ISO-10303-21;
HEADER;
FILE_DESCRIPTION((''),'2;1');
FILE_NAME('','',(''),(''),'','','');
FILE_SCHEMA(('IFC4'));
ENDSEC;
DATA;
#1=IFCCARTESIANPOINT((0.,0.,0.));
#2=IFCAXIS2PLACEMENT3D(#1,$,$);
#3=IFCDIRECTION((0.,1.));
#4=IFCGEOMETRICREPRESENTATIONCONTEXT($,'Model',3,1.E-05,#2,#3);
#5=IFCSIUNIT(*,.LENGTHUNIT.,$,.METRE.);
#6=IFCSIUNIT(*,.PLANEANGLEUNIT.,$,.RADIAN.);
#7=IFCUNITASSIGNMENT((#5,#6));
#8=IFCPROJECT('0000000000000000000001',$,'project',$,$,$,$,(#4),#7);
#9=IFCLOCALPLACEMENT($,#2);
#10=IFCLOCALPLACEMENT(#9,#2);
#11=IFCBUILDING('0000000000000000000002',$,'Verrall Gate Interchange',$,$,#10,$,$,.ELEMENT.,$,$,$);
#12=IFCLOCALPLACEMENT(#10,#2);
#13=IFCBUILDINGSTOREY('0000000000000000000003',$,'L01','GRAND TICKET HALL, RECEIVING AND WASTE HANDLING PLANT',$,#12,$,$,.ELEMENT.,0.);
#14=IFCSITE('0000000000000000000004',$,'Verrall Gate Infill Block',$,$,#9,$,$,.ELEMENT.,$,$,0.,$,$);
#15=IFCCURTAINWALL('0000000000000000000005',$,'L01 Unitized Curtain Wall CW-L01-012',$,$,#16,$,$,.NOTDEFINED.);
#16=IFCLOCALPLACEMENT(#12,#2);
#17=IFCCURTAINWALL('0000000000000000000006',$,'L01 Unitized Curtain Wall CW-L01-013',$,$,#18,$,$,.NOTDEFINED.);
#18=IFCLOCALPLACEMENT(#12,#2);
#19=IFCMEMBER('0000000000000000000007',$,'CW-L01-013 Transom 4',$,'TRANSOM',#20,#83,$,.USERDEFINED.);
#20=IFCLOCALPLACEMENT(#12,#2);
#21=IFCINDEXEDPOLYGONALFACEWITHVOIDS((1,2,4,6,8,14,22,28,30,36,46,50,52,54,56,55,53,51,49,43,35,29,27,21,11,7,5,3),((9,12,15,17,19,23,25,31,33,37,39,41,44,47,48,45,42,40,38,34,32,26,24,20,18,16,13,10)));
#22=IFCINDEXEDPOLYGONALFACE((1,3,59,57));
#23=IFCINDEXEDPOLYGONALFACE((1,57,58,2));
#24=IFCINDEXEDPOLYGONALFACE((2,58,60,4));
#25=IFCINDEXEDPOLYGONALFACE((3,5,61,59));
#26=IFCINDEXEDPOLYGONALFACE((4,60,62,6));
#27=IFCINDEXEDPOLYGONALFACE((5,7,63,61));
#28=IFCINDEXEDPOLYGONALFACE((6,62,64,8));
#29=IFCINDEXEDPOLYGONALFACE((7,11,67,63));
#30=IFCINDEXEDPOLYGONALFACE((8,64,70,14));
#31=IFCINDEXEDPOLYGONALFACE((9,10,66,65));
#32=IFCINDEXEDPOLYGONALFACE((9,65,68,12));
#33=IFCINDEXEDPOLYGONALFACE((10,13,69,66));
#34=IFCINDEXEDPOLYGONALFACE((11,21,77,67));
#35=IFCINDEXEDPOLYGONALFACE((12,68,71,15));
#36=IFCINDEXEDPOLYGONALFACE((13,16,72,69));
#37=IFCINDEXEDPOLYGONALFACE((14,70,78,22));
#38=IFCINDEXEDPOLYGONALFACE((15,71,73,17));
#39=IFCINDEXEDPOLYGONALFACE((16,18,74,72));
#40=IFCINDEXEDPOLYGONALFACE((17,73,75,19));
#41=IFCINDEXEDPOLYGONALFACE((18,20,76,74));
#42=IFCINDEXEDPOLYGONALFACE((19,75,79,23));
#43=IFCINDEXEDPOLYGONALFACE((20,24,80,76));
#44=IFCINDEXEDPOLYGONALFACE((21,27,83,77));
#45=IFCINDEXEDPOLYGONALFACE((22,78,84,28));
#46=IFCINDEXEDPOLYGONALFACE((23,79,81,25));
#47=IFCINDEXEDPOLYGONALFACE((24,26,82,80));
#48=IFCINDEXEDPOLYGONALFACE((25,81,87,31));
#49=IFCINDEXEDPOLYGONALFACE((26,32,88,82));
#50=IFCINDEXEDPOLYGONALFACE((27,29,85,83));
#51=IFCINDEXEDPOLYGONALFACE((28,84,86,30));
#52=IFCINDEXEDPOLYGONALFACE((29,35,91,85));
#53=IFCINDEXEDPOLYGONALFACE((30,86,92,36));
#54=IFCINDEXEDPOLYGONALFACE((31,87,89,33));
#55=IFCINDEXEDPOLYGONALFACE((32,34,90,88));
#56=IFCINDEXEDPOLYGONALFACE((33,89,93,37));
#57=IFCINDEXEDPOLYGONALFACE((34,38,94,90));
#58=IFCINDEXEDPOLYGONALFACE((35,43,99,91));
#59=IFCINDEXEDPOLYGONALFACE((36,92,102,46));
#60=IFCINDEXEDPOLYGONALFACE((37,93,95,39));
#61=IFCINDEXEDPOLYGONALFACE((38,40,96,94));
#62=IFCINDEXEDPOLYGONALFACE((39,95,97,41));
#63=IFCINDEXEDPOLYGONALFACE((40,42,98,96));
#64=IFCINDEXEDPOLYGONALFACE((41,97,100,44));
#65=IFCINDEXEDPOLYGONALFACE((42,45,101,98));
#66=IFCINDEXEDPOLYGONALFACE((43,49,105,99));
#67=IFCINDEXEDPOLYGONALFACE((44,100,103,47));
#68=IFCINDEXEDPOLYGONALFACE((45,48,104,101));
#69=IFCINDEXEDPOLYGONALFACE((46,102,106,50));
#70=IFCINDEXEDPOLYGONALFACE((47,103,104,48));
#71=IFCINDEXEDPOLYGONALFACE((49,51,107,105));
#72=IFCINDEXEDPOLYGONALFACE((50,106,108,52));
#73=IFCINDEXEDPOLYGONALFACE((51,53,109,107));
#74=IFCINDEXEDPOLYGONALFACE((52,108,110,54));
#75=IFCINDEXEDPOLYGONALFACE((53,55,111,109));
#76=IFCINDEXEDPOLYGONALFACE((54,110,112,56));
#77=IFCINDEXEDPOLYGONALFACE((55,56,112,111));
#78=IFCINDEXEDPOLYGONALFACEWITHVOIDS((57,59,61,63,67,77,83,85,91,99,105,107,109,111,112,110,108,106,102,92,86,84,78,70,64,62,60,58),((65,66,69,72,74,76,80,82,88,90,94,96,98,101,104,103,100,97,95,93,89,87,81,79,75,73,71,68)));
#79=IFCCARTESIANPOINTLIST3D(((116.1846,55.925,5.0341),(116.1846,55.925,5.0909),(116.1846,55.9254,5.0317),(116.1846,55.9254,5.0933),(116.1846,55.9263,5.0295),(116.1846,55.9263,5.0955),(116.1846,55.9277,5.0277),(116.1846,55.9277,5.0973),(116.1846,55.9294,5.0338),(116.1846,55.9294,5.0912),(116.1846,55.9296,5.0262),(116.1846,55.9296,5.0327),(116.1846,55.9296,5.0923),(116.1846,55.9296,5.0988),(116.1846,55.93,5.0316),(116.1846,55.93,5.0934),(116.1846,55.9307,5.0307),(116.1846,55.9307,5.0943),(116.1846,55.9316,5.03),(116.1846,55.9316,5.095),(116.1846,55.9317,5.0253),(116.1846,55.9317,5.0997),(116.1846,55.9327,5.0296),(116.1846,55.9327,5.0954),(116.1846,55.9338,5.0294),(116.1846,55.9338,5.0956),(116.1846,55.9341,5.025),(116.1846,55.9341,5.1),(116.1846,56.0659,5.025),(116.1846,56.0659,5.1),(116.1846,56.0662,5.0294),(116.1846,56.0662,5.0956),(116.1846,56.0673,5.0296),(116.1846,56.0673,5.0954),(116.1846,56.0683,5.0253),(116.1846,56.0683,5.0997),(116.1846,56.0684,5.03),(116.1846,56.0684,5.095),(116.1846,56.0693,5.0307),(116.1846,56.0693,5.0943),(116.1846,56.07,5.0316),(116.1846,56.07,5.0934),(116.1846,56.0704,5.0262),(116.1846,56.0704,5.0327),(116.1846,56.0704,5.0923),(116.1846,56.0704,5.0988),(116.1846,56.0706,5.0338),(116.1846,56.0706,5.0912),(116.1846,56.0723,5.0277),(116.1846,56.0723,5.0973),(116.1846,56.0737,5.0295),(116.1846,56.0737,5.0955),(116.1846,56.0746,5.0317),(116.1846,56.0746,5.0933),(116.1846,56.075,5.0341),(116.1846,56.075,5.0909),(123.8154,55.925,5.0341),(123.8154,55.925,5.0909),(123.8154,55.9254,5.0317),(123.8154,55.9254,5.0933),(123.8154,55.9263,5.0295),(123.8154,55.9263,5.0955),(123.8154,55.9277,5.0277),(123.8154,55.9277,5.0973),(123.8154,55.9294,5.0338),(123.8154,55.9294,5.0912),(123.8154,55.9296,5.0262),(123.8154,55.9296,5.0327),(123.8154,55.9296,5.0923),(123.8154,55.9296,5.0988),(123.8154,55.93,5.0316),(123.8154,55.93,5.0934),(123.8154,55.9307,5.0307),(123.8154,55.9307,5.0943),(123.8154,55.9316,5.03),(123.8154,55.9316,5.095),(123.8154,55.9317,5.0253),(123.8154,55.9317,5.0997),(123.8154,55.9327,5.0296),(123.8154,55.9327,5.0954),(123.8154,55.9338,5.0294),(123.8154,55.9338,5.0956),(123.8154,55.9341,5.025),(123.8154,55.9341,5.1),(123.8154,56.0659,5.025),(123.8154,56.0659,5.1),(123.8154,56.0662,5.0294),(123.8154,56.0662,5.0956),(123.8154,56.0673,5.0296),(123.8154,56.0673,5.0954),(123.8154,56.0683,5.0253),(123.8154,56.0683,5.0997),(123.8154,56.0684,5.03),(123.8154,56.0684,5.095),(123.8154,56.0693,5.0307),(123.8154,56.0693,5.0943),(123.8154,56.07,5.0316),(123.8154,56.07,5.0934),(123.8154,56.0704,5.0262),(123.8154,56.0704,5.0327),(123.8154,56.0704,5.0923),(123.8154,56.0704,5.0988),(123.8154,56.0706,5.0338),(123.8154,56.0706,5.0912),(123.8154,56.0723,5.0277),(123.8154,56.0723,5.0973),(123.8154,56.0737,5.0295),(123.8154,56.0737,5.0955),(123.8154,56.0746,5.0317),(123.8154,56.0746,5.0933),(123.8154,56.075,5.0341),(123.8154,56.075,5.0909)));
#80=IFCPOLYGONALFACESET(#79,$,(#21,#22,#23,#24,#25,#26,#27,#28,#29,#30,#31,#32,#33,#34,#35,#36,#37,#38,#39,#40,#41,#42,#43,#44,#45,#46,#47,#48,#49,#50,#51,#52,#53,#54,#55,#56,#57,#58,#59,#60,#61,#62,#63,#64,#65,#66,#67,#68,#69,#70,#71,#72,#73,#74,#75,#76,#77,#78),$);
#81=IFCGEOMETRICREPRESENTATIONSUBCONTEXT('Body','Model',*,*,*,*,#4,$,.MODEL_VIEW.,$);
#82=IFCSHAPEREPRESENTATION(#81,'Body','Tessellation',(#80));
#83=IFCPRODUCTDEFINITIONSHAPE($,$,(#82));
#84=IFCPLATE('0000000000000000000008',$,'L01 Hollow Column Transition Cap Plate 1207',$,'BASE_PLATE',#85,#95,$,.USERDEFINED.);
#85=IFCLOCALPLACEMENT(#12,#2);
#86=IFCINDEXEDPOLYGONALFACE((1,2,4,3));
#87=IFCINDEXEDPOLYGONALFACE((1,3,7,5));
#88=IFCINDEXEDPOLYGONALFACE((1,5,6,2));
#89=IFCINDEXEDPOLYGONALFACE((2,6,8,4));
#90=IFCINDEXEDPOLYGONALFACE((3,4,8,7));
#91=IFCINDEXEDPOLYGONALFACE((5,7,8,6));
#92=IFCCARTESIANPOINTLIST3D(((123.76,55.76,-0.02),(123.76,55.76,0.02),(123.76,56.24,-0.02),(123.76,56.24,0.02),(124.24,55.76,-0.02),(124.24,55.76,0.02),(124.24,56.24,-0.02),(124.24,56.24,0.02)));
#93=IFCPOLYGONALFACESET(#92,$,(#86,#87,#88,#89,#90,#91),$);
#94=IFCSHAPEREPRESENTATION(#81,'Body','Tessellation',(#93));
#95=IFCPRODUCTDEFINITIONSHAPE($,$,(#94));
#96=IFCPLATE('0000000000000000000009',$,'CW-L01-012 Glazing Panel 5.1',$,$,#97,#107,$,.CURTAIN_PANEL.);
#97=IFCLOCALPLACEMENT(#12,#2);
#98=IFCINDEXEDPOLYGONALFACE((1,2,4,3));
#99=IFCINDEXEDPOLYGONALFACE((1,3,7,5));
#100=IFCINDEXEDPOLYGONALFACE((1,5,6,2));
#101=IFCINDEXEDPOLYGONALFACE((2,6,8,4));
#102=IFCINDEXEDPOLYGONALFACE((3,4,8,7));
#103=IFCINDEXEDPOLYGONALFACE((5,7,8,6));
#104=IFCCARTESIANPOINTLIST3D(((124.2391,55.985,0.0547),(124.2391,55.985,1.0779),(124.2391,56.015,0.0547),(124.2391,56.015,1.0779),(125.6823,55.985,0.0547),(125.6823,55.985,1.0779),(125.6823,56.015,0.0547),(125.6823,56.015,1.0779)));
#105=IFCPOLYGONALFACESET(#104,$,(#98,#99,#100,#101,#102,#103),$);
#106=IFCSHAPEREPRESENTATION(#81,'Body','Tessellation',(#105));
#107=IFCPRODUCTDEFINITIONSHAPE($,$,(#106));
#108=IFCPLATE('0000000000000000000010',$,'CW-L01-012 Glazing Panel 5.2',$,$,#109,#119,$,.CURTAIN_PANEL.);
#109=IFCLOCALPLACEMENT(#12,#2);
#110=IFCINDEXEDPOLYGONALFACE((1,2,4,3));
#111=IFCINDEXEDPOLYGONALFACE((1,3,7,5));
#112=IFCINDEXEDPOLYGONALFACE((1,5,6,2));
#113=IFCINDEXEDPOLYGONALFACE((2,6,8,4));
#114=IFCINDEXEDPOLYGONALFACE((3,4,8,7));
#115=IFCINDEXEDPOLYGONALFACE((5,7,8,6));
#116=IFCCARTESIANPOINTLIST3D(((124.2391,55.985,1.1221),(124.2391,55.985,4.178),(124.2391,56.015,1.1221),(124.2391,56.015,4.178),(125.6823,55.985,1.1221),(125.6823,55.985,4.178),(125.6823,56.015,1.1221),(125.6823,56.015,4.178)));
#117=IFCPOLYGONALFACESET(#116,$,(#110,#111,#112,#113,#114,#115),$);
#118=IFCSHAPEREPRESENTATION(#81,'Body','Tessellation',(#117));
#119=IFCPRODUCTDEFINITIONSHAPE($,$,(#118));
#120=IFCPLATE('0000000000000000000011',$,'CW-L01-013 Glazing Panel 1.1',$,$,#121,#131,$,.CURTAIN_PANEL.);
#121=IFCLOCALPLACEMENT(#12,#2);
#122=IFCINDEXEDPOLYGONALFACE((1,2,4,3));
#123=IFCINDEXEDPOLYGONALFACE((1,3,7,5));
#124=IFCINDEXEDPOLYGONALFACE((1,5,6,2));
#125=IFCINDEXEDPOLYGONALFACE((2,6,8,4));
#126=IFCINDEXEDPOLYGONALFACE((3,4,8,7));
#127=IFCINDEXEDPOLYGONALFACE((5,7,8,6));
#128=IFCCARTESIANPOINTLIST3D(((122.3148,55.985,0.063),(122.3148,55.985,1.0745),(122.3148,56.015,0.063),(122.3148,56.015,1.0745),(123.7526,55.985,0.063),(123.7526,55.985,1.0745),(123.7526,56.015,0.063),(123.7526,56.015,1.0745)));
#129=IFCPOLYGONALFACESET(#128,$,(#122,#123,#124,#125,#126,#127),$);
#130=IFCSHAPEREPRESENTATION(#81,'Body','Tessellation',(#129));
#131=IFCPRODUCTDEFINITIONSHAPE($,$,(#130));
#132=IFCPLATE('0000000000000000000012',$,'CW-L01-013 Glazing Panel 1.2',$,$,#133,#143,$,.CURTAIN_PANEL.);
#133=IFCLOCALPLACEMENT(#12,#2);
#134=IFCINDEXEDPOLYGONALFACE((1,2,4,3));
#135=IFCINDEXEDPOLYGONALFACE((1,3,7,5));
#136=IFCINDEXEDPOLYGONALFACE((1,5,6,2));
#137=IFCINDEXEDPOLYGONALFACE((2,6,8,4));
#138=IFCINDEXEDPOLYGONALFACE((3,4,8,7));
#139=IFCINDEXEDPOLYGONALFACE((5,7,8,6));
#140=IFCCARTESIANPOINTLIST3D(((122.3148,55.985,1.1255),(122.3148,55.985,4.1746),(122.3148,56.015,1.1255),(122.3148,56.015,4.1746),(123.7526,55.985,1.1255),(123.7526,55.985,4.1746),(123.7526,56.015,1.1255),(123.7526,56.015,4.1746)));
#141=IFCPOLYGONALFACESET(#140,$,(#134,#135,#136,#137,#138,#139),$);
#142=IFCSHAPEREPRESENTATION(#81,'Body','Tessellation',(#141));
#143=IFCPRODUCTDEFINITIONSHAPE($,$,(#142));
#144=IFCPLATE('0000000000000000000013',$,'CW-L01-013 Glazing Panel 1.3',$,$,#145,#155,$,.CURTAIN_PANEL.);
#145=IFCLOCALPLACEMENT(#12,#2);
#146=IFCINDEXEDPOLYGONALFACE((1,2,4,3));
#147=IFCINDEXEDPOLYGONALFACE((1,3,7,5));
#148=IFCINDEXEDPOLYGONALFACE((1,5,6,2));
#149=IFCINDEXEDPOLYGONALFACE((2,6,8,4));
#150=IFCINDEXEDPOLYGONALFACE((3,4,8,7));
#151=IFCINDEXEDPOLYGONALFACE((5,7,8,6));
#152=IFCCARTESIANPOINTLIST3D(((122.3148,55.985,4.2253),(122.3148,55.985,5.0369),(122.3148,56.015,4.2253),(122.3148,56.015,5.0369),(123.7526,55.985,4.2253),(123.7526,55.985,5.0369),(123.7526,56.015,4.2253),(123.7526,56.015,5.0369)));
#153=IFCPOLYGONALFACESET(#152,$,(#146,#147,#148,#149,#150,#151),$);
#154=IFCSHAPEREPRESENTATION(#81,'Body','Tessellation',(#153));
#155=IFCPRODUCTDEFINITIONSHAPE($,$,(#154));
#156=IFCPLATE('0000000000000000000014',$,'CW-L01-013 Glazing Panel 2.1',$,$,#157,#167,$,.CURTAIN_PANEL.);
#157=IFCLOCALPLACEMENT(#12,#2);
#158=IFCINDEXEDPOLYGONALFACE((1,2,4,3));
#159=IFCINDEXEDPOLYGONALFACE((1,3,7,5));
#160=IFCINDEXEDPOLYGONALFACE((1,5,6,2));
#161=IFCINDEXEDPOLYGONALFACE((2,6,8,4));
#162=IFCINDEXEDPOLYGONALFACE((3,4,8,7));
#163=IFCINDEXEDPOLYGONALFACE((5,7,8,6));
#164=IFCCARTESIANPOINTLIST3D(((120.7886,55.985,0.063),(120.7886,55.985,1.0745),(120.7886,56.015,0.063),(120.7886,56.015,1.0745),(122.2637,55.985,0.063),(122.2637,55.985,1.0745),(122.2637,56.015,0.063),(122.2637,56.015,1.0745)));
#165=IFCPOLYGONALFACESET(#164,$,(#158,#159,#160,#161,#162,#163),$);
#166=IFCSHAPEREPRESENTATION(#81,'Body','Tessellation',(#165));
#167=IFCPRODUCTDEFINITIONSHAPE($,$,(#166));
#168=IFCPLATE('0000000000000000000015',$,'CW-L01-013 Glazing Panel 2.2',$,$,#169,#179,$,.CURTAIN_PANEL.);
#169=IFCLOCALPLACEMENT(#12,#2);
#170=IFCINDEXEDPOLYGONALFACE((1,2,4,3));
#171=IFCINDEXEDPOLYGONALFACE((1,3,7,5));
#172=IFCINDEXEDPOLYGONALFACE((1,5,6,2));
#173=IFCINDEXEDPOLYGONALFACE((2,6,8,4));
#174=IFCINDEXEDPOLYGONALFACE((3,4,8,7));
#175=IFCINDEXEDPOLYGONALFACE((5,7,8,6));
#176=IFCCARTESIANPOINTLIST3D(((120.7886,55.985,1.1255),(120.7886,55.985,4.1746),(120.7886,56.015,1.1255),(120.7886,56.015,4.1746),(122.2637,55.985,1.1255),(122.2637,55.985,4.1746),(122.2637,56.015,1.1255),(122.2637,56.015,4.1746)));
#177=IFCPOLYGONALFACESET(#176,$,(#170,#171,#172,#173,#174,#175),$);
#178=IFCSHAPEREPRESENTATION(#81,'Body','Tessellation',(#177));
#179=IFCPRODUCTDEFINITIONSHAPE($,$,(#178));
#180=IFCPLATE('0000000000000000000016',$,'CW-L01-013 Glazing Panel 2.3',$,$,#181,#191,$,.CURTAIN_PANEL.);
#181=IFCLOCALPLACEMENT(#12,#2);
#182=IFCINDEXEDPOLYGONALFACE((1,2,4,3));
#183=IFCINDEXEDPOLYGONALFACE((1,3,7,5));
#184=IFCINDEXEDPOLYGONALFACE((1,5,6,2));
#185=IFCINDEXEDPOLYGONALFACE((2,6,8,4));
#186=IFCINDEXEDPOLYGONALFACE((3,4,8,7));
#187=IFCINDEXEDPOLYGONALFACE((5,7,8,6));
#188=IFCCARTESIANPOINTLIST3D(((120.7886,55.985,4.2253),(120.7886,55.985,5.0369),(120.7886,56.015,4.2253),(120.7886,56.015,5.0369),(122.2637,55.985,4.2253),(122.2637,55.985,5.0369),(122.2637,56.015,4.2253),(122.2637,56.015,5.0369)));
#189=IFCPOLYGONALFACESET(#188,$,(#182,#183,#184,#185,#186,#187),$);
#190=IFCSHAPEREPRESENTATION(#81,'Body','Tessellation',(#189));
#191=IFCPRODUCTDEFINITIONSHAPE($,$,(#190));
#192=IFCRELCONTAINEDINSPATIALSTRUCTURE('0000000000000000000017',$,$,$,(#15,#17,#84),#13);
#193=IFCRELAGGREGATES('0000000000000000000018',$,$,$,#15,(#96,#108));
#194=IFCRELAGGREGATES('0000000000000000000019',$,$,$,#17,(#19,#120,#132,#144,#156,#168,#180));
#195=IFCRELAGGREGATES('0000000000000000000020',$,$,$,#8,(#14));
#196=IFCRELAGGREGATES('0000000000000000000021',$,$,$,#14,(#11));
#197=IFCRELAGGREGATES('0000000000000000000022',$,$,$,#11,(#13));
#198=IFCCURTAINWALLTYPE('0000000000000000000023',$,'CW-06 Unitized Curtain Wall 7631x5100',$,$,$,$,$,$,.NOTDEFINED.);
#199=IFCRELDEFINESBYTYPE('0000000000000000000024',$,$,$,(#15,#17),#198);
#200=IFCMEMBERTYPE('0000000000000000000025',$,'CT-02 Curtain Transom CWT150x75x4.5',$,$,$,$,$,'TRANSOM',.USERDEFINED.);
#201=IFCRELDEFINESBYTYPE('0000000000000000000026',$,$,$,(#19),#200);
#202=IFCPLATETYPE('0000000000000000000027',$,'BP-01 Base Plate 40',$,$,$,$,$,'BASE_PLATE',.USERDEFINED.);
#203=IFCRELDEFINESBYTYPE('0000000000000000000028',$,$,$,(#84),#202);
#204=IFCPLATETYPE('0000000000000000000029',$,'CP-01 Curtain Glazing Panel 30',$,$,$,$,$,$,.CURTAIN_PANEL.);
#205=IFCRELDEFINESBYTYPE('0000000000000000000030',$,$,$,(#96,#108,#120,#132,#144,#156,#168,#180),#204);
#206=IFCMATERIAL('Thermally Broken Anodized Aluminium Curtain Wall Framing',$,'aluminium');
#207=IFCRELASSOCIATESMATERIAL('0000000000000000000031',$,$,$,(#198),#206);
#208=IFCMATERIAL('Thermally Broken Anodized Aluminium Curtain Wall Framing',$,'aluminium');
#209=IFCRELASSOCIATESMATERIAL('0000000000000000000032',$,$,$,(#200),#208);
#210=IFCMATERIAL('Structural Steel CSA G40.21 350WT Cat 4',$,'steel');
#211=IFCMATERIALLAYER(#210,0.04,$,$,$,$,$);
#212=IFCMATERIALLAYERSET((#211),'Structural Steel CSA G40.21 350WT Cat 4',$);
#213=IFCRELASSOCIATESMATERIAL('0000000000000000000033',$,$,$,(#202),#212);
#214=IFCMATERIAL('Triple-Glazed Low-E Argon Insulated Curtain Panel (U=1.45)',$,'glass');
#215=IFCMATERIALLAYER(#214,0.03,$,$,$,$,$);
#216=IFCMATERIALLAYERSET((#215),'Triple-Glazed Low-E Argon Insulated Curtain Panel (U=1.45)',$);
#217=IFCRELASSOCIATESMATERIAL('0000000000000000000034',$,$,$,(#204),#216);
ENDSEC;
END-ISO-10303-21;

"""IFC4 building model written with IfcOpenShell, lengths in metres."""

from ifc_helpers import new_model, si_unit, direction, frame, origin, origin_2d, place, context, subcontext, project, spatial, rectangle, hollow_rectangle, extrude, material, layer, layer_set, material_profile, profile_set, type_object, element, aggregate, save


model = new_model("IFC4")

# Units and contexts
model_context = context("Model", 3, precision=1e-05, world=origin(), true_north=direction((0.0, 1.0)))
body_context = subcontext(model_context, "Body", "Model", "MODEL_VIEW")
ifc_project = project(units=[si_unit("LENGTHUNIT", "METRE"), si_unit("PLANEANGLEUNIT", "RADIAN")], contexts=[model_context])

# Site, building, storey
site_placement = place(None, origin())
site = spatial("IfcSite", under=ifc_project, at=site_placement, Name="Verrall Gate Infill Block", CompositionType="ELEMENT", RefElevation=0.0)
building_placement = place(site_placement, origin())
building = spatial("IfcBuilding", under=site, at=building_placement, Name="Verrall Gate Interchange", CompositionType="ELEMENT")
storey_placement = place(building_placement, origin())
storey = spatial("IfcBuildingStorey", under=building, at=storey_placement, Name="L01", Description="GRAND TICKET HALL, RECEIVING AND WASTE HANDLING PLANT", CompositionType="ELEMENT", Elevation=0.0)

# Curtain wall
ifc_material_1 = material(Name="Thermally Broken Anodized Aluminium Curtain Wall Framing", Category="aluminium")
curtain_wall_type = type_object("IfcCurtainWallType", Name="CW-06 Unitized Curtain Wall 7631x5100", PredefinedType="NOTDEFINED", material=ifc_material_1)
curtain_wall_1_placement = place(storey_placement, origin())
curtain_wall_1 = element("IfcCurtainWall", 1, at=curtain_wall_1_placement, inside=storey, type_object=curtain_wall_type, Name="L01 Unitized Curtain Wall CW-L01-012", PredefinedType="NOTDEFINED")

# Curtain wall, member
curtain_wall_2_placement = place(storey_placement, origin())
curtain_wall_2 = element("IfcCurtainWall", 2, at=curtain_wall_2_placement, inside=storey, type_object=curtain_wall_type, Name="L01 Unitized Curtain Wall CW-L01-013", PredefinedType="NOTDEFINED")
ifc_material_2 = material(Name="Thermally Broken Anodized Aluminium Curtain Wall Framing", Category="aluminium")
ifc_material_profile_1 = material_profile(ifc_material_2, hollow_rectangle(XDim=0.1499, YDim=0.075, WallThickness=0.0044, InnerFilletRadius=0.0044, OuterFilletRadius=0.009, at=origin_2d()), Name="CWT150x75x4.5")
ifc_profile_set_1 = profile_set([ifc_material_profile_1], Name="Thermally Broken Anodized Aluminium Curtain Wall Framing")
member_type_1 = type_object("IfcMemberType", Name="CT-02 Curtain Transom CWT150x75x4.5", ElementType="TRANSOM", PredefinedType="USERDEFINED", material=ifc_profile_set_1)
member_1_placement = place(storey_placement, frame((123.8154, 56.0, 5.0625), z_axis=(-1.0, 0.0, 0.0), x_axis=(0.0, -1.0, 0.0)))
member_1 = element("IfcMember", 3, at=member_1_placement, type_object=member_type_1, Name="CW-L01-013 Transom 4", ObjectType="TRANSOM", PredefinedType="USERDEFINED", context=body_context, shape_type="SweptSolid", body=[
    extrude(hollow_rectangle(XDim=0.1499, YDim=0.075, WallThickness=0.0044, InnerFilletRadius=0.0044, OuterFilletRadius=0.009, at=origin_2d()), origin(), (0.0, 0.0, 1.0), 7.6309),
])

# Plates
ifc_material_3 = material(Name="Structural Steel CSA G40.21 350WT Cat 4", Category="steel")
ifc_layer_1 = layer(ifc_material_3, 0.04)
ifc_layer_set_1 = layer_set([ifc_layer_1], Name="Structural Steel CSA G40.21 350WT Cat 4")
plate_type_1 = type_object("IfcPlateType", Name="BP-01 Base Plate 40", ElementType="BASE_PLATE", PredefinedType="USERDEFINED", material=ifc_layer_set_1)
plate_1_placement = place(storey_placement, frame((124.0, 56.0, -0.02), z_axis=(0.0, 0.0, 1.0), x_axis=(1.0, 0.0, 0.0)))
element("IfcPlate", 4, at=plate_1_placement, inside=storey, type_object=plate_type_1, Name="L01 Hollow Column Transition Cap Plate 1207", ObjectType="BASE_PLATE", PredefinedType="USERDEFINED", context=body_context, shape_type="SweptSolid", body=[
    extrude(rectangle(XDim=0.48, YDim=0.48, at=origin_2d()), origin(), (0.0, 0.0, 1.0), 0.04),
])
ifc_material_4 = material(Name="Triple-Glazed Low-E Argon Insulated Curtain Panel (U=1.45)", Category="glass")
ifc_layer_2 = layer(ifc_material_4, 0.03)
ifc_layer_set_2 = layer_set([ifc_layer_2], Name="Triple-Glazed Low-E Argon Insulated Curtain Panel (U=1.45)")
plate_type_2 = type_object("IfcPlateType", Name="CP-01 Curtain Glazing Panel 30", PredefinedType="CURTAIN_PANEL", material=ifc_layer_set_2)
plate_2_placement = place(storey_placement, frame((124.9607, 56.0, 0.0547), z_axis=(0.0, 0.0, 1.0), x_axis=(-1.0, 0.0, 0.0)))
plate_2 = element("IfcPlate", 5, at=plate_2_placement, type_object=plate_type_2, Name="CW-L01-012 Glazing Panel 5.1", PredefinedType="CURTAIN_PANEL", context=body_context, shape_type="SweptSolid", body=[
    extrude(rectangle(XDim=1.4431, YDim=0.03, at=origin_2d()), origin(), (0.0, 0.0, 1.0), 1.0232),
])
plate_3_placement = place(storey_placement, frame((124.9607, 56.0, 1.1221), z_axis=(0.0, 0.0, 1.0), x_axis=(-1.0, 0.0, 0.0)))
plate_3 = element("IfcPlate", 6, at=plate_3_placement, type_object=plate_type_2, Name="CW-L01-012 Glazing Panel 5.2", PredefinedType="CURTAIN_PANEL", context=body_context, shape_type="SweptSolid", body=[
    extrude(rectangle(XDim=1.4431, YDim=0.03, at=origin_2d()), origin(), (0.0, 0.0, 1.0), 3.0559),
])
aggregate(curtain_wall_1, [plate_2, plate_3])
plate_4_placement = place(storey_placement, frame((123.0337, 56.0, 0.063), z_axis=(0.0, 0.0, 1.0), x_axis=(-1.0, 0.0, 0.0)))
plate_4 = element("IfcPlate", 7, at=plate_4_placement, type_object=plate_type_2, Name="CW-L01-013 Glazing Panel 1.1", PredefinedType="CURTAIN_PANEL", context=body_context, shape_type="SweptSolid", body=[
    extrude(rectangle(XDim=1.4377, YDim=0.03, at=origin_2d()), origin(), (0.0, 0.0, 1.0), 1.0115),
])
plate_5_placement = place(storey_placement, frame((123.0337, 56.0, 1.1255), z_axis=(0.0, 0.0, 1.0), x_axis=(-1.0, 0.0, 0.0)))
plate_5 = element("IfcPlate", 8, at=plate_5_placement, type_object=plate_type_2, Name="CW-L01-013 Glazing Panel 1.2", PredefinedType="CURTAIN_PANEL", context=body_context, shape_type="SweptSolid", body=[
    extrude(rectangle(XDim=1.4377, YDim=0.03, at=origin_2d()), origin(), (0.0, 0.0, 1.0), 3.0491),
])
plate_6_placement = place(storey_placement, frame((123.0337, 56.0, 4.2253), z_axis=(0.0, 0.0, 1.0), x_axis=(-1.0, 0.0, 0.0)))
plate_6 = element("IfcPlate", 9, at=plate_6_placement, type_object=plate_type_2, Name="CW-L01-013 Glazing Panel 1.3", PredefinedType="CURTAIN_PANEL", context=body_context, shape_type="SweptSolid", body=[
    extrude(rectangle(XDim=1.4377, YDim=0.03, at=origin_2d()), origin(), (0.0, 0.0, 1.0), 0.8115),
])
plate_7_placement = place(storey_placement, frame((121.5261, 56.0, 0.063), z_axis=(0.0, 0.0, 1.0), x_axis=(-1.0, 0.0, 0.0)))
plate_7 = element("IfcPlate", 10, at=plate_7_placement, type_object=plate_type_2, Name="CW-L01-013 Glazing Panel 2.1", PredefinedType="CURTAIN_PANEL", context=body_context, shape_type="SweptSolid", body=[
    extrude(rectangle(XDim=1.4751, YDim=0.03, at=origin_2d()), origin(), (0.0, 0.0, 1.0), 1.0115),
])
plate_8_placement = place(storey_placement, frame((121.5261, 56.0, 1.1255), z_axis=(0.0, 0.0, 1.0), x_axis=(-1.0, 0.0, 0.0)))
plate_8 = element("IfcPlate", 11, at=plate_8_placement, type_object=plate_type_2, Name="CW-L01-013 Glazing Panel 2.2", PredefinedType="CURTAIN_PANEL", context=body_context, shape_type="SweptSolid", body=[
    extrude(rectangle(XDim=1.4751, YDim=0.03, at=origin_2d()), origin(), (0.0, 0.0, 1.0), 3.0491),
])
plate_9_placement = place(storey_placement, frame((121.5261, 56.0, 4.2253), z_axis=(0.0, 0.0, 1.0), x_axis=(-1.0, 0.0, 0.0)))
plate_9 = element("IfcPlate", 12, at=plate_9_placement, type_object=plate_type_2, Name="CW-L01-013 Glazing Panel 2.3", PredefinedType="CURTAIN_PANEL", context=body_context, shape_type="SweptSolid", body=[
    extrude(rectangle(XDim=1.4751, YDim=0.03, at=origin_2d()), origin(), (0.0, 0.0, 1.0), 0.8115),
])
aggregate(curtain_wall_2, [member_1, plate_4, plate_5, plate_6, plate_7, plate_8, plate_9])

save(model, "model.ifc")
